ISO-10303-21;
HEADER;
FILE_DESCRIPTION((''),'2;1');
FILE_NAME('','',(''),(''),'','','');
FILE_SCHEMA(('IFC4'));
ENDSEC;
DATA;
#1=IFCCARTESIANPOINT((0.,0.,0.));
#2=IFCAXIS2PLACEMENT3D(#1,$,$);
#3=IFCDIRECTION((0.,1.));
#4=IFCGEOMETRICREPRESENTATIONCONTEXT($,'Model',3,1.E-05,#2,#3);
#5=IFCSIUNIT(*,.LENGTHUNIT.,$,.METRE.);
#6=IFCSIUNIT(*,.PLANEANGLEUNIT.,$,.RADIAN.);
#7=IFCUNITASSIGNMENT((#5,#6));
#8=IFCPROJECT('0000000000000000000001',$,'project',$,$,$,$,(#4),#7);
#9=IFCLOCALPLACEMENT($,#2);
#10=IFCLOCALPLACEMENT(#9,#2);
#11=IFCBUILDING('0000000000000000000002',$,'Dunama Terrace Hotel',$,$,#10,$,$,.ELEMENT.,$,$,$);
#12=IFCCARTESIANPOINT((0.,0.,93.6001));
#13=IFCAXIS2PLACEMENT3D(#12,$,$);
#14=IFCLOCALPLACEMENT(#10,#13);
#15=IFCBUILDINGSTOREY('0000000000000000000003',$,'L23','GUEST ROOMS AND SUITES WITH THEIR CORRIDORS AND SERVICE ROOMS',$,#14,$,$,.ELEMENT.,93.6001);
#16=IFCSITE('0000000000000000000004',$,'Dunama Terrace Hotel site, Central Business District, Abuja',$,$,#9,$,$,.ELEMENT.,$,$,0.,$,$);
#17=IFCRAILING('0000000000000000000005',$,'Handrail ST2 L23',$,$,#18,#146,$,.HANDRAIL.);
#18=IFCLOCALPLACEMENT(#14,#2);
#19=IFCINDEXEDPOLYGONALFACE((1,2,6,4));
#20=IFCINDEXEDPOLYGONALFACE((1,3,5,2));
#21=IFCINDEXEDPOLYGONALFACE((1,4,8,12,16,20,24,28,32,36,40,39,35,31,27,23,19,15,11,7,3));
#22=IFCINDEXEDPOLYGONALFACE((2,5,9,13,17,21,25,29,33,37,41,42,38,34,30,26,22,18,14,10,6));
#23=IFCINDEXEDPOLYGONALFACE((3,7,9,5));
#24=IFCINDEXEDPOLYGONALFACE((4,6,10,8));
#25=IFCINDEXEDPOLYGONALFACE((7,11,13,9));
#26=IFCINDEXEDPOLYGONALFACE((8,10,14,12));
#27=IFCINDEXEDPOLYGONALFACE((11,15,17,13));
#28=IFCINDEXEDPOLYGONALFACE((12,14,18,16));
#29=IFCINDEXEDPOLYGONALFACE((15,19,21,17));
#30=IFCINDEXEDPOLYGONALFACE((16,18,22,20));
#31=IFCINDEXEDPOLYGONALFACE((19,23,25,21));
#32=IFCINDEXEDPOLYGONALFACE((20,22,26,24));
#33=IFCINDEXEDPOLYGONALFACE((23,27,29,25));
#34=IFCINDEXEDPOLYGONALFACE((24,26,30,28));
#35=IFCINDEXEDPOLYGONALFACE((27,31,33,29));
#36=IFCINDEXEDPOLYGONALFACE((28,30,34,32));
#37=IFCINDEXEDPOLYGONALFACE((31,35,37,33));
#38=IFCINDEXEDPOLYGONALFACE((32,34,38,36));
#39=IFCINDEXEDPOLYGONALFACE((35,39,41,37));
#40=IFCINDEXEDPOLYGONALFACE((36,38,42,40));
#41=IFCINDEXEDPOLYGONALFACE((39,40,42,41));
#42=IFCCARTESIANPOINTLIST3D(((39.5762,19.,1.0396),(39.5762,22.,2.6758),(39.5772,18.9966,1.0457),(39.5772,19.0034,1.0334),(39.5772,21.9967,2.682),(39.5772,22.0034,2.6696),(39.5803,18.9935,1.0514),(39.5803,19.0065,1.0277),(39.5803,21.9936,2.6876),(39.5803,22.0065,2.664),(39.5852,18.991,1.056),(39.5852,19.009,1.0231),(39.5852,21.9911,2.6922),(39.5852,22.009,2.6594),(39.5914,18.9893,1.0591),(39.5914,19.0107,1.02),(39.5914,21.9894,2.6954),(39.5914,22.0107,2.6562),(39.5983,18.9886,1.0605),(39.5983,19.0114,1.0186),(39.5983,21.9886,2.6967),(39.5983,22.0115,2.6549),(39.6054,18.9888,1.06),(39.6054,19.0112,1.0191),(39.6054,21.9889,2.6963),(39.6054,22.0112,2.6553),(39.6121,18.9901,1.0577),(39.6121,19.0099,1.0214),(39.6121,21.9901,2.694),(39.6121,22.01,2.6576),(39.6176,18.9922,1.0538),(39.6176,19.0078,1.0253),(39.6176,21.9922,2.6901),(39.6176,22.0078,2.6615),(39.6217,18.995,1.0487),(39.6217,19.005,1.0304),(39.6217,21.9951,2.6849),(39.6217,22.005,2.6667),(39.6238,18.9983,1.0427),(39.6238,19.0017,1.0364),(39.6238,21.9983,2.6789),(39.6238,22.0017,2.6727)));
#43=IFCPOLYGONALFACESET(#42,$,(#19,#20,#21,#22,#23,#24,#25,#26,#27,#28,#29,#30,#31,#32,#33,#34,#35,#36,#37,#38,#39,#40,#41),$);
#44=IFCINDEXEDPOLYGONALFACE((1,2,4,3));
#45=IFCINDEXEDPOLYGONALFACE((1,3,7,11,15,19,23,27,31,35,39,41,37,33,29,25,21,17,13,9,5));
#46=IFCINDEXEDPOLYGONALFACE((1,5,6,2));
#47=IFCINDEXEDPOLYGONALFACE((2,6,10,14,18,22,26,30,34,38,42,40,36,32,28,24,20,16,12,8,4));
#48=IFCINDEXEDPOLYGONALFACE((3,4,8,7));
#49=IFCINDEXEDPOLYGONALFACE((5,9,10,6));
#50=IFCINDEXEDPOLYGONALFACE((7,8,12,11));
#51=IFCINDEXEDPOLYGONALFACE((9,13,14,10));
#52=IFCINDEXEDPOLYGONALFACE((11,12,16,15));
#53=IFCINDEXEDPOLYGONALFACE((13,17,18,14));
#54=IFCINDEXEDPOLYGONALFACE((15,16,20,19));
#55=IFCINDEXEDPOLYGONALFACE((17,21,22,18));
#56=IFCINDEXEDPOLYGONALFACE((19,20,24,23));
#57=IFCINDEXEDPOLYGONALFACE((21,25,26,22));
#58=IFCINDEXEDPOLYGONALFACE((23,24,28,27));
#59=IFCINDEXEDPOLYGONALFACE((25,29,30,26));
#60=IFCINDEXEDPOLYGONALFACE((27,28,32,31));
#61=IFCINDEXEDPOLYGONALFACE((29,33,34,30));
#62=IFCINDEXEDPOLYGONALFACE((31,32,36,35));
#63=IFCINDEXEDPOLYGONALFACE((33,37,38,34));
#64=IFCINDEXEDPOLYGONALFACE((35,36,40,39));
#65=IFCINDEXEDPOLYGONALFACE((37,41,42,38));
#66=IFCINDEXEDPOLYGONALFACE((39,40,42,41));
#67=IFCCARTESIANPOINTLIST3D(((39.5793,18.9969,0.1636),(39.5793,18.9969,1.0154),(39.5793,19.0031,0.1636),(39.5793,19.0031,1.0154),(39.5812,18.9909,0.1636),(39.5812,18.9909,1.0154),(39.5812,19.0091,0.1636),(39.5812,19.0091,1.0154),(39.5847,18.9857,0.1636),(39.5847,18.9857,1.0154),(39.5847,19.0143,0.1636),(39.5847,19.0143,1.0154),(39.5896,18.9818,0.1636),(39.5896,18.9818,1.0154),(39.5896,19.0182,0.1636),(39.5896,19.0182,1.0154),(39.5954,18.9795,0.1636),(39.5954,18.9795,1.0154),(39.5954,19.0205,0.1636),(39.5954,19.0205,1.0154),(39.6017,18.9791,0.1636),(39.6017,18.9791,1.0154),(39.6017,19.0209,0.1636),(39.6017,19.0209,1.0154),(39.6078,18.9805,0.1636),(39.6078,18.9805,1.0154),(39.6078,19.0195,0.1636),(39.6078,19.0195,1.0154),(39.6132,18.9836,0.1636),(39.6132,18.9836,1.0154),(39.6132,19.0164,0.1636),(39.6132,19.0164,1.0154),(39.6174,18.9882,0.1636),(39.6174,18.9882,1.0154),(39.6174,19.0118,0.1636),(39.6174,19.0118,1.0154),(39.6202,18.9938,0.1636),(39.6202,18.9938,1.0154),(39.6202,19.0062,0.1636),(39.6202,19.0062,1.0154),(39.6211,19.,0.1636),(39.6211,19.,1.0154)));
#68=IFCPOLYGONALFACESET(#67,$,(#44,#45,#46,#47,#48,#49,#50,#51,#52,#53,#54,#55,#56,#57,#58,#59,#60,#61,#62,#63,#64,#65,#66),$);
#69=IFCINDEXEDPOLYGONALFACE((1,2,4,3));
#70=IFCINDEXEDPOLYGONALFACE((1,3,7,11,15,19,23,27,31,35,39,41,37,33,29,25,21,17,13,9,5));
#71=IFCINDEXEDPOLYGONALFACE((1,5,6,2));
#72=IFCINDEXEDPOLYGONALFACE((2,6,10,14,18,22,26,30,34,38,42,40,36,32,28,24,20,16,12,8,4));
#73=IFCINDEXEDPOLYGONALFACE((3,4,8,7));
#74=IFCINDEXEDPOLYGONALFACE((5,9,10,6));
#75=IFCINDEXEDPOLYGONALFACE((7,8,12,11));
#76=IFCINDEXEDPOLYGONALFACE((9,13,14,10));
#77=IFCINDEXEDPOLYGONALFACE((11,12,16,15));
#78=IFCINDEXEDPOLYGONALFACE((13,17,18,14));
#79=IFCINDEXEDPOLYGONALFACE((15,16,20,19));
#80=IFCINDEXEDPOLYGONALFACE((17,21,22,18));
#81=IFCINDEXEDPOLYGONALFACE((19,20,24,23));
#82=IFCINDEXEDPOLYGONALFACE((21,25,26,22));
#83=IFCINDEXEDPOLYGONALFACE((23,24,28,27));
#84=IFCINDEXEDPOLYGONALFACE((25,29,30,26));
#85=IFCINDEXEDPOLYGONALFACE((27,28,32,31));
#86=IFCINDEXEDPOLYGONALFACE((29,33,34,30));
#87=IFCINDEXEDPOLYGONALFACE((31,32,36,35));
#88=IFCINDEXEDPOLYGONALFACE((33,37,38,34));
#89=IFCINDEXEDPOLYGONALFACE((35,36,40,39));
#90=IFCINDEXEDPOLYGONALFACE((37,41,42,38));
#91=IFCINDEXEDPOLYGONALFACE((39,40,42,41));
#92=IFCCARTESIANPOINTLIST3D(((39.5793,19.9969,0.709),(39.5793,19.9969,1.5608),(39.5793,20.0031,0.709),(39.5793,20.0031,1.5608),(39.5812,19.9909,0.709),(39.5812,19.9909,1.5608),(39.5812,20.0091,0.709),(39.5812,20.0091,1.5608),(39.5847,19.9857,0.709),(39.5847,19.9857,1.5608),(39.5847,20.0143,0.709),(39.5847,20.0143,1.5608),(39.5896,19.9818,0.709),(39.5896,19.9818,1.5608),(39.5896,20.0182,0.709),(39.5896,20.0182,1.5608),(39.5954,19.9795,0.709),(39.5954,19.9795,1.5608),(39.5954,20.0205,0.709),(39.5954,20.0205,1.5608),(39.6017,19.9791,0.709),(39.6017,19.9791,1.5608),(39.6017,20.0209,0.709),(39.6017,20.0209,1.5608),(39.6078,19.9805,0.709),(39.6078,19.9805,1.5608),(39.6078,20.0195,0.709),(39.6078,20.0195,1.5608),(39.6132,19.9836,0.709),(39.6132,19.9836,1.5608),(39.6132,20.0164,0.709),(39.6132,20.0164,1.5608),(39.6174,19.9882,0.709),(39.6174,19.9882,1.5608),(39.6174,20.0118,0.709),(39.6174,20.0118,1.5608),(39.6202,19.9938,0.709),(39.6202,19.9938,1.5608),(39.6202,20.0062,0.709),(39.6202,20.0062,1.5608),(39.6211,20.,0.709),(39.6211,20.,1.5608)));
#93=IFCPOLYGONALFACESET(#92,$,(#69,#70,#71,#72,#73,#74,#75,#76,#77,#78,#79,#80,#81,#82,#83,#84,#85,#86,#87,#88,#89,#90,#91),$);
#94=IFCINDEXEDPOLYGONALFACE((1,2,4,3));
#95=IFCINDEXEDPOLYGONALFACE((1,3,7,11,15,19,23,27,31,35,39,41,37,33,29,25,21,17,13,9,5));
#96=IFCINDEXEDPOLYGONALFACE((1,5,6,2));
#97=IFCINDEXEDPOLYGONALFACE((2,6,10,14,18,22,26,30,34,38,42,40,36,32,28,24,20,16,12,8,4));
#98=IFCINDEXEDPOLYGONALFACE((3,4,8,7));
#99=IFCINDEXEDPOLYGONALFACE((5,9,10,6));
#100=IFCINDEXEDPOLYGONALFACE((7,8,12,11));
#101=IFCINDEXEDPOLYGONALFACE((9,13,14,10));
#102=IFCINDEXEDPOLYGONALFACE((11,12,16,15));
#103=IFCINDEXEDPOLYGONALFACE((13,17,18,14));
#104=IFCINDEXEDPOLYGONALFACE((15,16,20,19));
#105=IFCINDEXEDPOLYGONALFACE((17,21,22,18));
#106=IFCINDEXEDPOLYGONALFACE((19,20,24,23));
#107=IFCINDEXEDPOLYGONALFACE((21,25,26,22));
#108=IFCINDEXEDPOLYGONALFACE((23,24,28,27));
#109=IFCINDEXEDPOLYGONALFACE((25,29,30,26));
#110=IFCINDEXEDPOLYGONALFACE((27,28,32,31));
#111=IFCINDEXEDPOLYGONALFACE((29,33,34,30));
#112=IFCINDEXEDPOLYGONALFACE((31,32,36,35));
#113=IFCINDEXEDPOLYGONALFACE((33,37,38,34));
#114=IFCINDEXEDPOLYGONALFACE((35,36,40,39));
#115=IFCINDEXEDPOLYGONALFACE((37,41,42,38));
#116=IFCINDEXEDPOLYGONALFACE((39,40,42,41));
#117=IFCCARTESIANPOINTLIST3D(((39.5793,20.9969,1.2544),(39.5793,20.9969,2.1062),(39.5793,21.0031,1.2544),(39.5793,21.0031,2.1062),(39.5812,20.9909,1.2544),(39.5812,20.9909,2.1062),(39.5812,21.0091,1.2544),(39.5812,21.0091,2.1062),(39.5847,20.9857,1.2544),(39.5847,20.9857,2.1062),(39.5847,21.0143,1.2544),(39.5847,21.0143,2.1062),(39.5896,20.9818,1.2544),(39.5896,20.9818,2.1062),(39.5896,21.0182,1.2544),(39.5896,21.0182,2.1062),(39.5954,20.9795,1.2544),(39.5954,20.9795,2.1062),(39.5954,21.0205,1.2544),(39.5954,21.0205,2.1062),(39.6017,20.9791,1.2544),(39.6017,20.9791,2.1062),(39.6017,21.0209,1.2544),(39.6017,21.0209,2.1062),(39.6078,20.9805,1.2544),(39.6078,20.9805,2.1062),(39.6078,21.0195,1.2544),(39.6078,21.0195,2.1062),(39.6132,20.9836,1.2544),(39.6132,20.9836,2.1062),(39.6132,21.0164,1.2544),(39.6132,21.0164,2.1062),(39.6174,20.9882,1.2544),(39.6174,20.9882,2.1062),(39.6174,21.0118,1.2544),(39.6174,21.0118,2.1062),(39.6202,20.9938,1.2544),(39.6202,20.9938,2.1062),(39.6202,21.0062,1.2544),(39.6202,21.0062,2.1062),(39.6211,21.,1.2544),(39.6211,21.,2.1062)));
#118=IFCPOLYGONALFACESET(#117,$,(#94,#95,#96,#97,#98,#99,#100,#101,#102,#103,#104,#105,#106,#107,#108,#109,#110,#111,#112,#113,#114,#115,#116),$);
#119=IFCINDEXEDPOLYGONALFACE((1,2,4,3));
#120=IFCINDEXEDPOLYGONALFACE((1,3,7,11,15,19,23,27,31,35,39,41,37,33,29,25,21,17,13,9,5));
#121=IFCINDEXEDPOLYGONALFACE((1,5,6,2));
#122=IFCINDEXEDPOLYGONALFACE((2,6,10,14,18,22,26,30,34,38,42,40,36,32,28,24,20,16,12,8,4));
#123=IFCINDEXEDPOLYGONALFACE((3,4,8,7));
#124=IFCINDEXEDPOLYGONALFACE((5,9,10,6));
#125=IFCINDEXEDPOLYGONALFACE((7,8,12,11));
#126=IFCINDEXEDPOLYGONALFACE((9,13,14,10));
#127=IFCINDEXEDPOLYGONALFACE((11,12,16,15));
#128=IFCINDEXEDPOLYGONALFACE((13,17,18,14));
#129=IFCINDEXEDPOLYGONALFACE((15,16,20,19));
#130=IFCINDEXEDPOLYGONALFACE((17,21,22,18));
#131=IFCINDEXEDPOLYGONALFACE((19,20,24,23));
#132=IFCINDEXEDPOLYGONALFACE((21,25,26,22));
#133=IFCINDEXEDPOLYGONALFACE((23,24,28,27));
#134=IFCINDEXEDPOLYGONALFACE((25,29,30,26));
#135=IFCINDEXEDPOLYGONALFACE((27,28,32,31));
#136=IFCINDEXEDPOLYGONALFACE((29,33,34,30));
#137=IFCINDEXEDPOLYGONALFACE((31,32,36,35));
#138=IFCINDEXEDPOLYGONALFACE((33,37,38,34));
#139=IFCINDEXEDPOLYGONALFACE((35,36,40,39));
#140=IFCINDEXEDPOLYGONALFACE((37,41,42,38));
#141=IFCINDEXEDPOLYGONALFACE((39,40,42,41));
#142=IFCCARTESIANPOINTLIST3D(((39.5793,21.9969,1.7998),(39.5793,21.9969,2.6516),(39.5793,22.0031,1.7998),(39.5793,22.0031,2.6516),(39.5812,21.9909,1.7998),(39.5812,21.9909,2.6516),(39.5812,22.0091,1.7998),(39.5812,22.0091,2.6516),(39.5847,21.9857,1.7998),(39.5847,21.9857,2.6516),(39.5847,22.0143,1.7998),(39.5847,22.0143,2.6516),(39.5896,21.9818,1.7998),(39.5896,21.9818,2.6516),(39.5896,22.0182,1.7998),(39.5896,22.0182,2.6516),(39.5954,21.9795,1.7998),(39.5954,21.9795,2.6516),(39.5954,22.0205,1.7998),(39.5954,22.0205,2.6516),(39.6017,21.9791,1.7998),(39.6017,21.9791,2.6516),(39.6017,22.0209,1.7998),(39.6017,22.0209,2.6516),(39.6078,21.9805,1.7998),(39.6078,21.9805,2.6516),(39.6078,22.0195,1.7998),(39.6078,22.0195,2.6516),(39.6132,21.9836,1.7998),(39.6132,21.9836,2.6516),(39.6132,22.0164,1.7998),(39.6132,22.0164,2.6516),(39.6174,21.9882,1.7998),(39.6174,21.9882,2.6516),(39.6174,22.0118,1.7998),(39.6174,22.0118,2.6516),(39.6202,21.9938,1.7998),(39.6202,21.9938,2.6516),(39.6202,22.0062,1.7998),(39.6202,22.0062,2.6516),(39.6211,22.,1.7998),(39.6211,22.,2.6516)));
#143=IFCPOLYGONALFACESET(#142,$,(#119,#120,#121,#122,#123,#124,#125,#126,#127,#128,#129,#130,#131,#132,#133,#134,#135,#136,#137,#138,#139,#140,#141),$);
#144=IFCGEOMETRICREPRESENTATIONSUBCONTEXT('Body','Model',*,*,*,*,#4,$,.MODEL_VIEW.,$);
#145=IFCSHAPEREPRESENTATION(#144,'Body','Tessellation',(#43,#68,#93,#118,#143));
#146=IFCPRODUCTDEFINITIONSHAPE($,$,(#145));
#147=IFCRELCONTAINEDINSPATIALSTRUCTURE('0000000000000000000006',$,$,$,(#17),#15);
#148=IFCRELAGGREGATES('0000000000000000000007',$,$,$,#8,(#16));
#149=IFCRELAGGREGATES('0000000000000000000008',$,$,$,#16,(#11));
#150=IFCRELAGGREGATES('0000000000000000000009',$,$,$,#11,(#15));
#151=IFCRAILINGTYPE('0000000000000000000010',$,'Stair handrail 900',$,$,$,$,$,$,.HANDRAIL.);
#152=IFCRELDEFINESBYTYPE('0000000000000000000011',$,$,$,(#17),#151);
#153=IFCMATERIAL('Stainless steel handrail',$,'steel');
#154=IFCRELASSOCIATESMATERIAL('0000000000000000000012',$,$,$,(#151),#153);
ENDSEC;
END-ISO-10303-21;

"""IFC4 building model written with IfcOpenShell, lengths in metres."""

from ifc_helpers import new_model, si_unit, direction, frame, origin, origin_2d, place, context, subcontext, project, spatial, circle, extrude, material, type_object, element, save


model = new_model("IFC4")

# Units and contexts
model_context = context("Model", 3, precision=1e-05, world=origin(), true_north=direction((0.0, 1.0)))
body_context = subcontext(model_context, "Body", "Model", "MODEL_VIEW")
ifc_project = project(units=[si_unit("LENGTHUNIT", "METRE"), si_unit("PLANEANGLEUNIT", "RADIAN")], contexts=[model_context])

# Site, building, storey
site_placement = place(None, origin())
site = spatial("IfcSite", under=ifc_project, at=site_placement, Name="Dunama Terrace Hotel site, Central Business District, Abuja", CompositionType="ELEMENT", RefElevation=0.0)
building_placement = place(site_placement, origin())
building = spatial("IfcBuilding", under=site, at=building_placement, Name="Dunama Terrace Hotel", CompositionType="ELEMENT")
storey_placement = place(building_placement, frame((0.0, 0.0, 93.6001)))
storey = spatial("IfcBuildingStorey", under=building, at=storey_placement, Name="L23", Description="GUEST ROOMS AND SUITES WITH THEIR CORRIDORS AND SERVICE ROOMS", CompositionType="ELEMENT", Elevation=93.6001)

# Railing
ifc_material_1 = material(Name="Stainless steel handrail", Category="steel")
railing_type = type_object("IfcRailingType", Name="Stair handrail 900", PredefinedType="HANDRAIL", material=ifc_material_1)
railing_1_placement = place(storey_placement, frame((39.6001, 19.0, 0.1636)))
element("IfcRailing", 1, at=railing_1_placement, inside=storey, type_object=railing_type, Name="Handrail ST2 L23", PredefinedType="HANDRAIL", context=body_context, shape_type="SweptSolid", body=[
    extrude(circle(Radius=0.0239, at=origin_2d()), frame((0.0, 0.0, 0.876), z_axis=(0.0, 0.877912, 0.478822), x_axis=(-1.0, 0.0, 0.0)), (0.0, 0.0, 1.0), 3.4172),
    extrude(circle(Radius=0.021, at=origin_2d()), origin(), (0.0, 0.0, 1.0), 0.8518),
    extrude(circle(Radius=0.021, at=origin_2d()), frame((0.0, 1.0, 0.5454)), (0.0, 0.0, 1.0), 0.8518),
    extrude(circle(Radius=0.021, at=origin_2d()), frame((0.0, 2.0, 1.0908)), (0.0, 0.0, 1.0), 0.8518),
    extrude(circle(Radius=0.021, at=origin_2d()), frame((0.0, 3.0, 1.6362)), (0.0, 0.0, 1.0), 0.8518),
])

save(model, "model.ifc")
